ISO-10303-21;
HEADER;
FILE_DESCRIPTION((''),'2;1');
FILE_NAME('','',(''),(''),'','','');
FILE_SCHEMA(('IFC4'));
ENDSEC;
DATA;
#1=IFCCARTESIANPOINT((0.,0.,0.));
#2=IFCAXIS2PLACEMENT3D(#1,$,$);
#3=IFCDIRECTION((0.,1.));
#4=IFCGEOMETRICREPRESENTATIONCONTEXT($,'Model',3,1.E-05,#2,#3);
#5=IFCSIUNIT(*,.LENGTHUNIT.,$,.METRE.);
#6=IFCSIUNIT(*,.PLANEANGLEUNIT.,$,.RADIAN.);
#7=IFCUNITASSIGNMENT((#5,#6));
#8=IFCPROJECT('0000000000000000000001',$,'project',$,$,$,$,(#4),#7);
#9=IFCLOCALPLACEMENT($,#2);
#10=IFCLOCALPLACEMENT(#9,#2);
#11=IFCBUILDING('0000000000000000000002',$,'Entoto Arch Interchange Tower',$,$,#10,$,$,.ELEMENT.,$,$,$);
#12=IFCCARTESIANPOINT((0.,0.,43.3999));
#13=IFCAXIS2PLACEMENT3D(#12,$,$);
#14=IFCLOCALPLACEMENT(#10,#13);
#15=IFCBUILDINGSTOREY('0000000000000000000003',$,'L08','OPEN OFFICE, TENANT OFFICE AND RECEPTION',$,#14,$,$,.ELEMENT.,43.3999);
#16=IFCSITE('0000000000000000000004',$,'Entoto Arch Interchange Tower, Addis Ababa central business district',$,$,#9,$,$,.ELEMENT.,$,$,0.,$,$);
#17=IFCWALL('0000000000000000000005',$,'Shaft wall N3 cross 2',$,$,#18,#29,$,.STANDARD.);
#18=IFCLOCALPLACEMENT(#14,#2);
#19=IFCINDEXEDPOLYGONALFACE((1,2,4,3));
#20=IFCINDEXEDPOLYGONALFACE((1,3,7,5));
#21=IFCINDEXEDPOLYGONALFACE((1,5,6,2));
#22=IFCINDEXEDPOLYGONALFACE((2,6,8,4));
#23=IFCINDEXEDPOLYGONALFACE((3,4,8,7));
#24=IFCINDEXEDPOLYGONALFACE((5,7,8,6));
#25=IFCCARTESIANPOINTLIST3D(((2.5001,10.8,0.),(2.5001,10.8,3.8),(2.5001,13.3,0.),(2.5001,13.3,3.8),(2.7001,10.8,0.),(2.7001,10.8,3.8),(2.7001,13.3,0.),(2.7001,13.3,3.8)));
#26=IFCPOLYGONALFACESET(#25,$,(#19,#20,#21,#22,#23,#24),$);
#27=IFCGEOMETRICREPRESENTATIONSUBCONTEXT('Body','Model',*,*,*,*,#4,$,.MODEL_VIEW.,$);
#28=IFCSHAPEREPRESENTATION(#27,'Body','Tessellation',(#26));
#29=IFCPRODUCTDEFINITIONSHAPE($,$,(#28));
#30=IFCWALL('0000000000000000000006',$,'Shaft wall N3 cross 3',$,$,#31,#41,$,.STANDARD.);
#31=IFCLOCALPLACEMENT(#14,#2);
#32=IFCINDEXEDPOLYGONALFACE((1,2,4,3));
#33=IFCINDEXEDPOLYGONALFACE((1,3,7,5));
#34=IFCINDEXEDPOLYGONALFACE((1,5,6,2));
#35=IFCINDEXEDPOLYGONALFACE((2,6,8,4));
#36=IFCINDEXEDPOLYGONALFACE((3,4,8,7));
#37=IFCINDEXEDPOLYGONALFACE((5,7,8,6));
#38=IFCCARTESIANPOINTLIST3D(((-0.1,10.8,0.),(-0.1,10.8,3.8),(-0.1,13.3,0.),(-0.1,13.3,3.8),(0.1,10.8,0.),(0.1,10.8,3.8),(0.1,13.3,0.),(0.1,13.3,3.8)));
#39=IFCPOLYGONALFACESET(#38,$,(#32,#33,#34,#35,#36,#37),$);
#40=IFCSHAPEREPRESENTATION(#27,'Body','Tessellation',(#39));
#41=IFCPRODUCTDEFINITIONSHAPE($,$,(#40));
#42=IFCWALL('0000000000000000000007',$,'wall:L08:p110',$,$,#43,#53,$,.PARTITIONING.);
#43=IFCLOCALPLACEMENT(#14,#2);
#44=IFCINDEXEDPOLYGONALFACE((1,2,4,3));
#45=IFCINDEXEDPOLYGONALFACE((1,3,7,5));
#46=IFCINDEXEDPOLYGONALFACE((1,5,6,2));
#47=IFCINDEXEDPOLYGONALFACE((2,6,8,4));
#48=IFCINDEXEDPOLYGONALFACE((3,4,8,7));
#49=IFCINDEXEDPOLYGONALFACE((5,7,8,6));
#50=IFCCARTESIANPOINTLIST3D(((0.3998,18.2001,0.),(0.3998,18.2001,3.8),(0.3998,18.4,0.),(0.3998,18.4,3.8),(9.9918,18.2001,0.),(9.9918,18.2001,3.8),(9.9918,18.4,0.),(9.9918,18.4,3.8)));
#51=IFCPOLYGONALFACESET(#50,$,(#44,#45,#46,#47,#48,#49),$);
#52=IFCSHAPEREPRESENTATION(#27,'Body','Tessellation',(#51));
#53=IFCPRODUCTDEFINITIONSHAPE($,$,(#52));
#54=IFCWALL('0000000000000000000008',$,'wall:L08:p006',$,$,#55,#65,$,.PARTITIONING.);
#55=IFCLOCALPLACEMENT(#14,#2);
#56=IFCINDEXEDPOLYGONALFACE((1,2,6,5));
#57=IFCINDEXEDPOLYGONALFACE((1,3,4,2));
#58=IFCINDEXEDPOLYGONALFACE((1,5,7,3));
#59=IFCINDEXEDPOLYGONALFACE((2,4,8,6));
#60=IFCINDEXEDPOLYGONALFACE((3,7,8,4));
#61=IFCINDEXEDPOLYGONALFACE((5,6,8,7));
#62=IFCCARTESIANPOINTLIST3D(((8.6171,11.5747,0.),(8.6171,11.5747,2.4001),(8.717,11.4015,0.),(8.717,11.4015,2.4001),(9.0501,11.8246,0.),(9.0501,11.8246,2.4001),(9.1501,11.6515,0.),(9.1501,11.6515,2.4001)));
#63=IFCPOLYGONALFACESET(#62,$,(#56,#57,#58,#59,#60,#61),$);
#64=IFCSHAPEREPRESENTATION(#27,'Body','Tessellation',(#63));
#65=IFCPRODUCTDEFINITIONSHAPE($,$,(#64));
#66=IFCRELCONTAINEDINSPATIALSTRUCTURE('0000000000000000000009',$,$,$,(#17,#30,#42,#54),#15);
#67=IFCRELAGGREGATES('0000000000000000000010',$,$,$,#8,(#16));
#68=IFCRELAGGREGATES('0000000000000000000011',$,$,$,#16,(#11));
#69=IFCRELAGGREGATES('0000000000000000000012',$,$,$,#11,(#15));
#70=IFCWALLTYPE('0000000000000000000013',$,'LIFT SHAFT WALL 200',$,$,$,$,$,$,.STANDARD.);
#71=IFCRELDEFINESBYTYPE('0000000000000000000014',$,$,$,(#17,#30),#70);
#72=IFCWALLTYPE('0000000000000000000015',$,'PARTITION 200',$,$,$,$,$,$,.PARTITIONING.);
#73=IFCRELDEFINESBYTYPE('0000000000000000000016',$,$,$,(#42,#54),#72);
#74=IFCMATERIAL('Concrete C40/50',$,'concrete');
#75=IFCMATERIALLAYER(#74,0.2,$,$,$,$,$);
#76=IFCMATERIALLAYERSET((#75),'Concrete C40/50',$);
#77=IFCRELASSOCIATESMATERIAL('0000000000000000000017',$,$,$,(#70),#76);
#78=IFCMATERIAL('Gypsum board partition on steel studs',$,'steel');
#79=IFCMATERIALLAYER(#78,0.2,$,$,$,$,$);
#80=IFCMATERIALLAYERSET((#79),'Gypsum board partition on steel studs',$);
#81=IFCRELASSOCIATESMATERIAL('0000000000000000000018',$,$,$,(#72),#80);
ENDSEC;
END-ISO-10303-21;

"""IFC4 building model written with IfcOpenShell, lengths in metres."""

from ifc_helpers import new_model, si_unit, direction, frame, frame_2d, origin, place, context, subcontext, project, spatial, rectangle, extrude, material, layer, layer_set, type_object, element, save


model = new_model("IFC4")

# Units and contexts
model_context = context("Model", 3, precision=1e-05, world=origin(), true_north=direction((0.0, 1.0)))
body_context = subcontext(model_context, "Body", "Model", "MODEL_VIEW")
ifc_project = project(units=[si_unit("LENGTHUNIT", "METRE"), si_unit("PLANEANGLEUNIT", "RADIAN")], contexts=[model_context])

# Site, building, storey
site_placement = place(None, origin())
site = spatial("IfcSite", under=ifc_project, at=site_placement, Name="Entoto Arch Interchange Tower, Addis Ababa central business district", CompositionType="ELEMENT", RefElevation=0.0)
building_placement = place(site_placement, origin())
building = spatial("IfcBuilding", under=site, at=building_placement, Name="Entoto Arch Interchange Tower", CompositionType="ELEMENT")
storey_placement = place(building_placement, frame((0.0, 0.0, 43.3999)))
storey = spatial("IfcBuildingStorey", under=building, at=storey_placement, Name="L08", Description="OPEN OFFICE, TENANT OFFICE AND RECEPTION", CompositionType="ELEMENT", Elevation=43.3999)

# Shared definitions
ifc_material_1 = material(Name="Concrete C40/50", Category="concrete")

# Walls
ifc_layer_1 = layer(ifc_material_1, 0.2)
ifc_layer_set_1 = layer_set([ifc_layer_1], Name="Concrete C40/50")
wall_type_1 = type_object("IfcWallType", Name="LIFT SHAFT WALL 200", PredefinedType="STANDARD", material=ifc_layer_set_1)
for number, where, z_axis, x_axis, name in (
    (1, (2.6001, 10.8, 0.0), (0.0, 0.0, 1.0), (0.0, 1.0, 0.0), "Shaft wall N3 cross 2"),
    (2, (0.0, 10.8, 0.0), (0.0, 0.0, 1.0), (0.0, 1.0, 0.0), "Shaft wall N3 cross 3"),
):
    element("IfcWall", number, at=place(storey_placement, frame(where, z_axis=z_axis, x_axis=x_axis)), inside=storey, type_object=wall_type_1, Name=name, PredefinedType="STANDARD", context=body_context, shape_type="SweptSolid", body=[
        extrude(rectangle(XDim=2.5, YDim=0.2, at=frame_2d((1.25, 0.0))), origin(), (0.0, 0.0, 1.0), 3.8),
    ])
ifc_material_2 = material(Name="Gypsum board partition on steel studs", Category="steel")
ifc_layer_2 = layer(ifc_material_2, 0.2)
ifc_layer_set_2 = layer_set([ifc_layer_2], Name="Gypsum board partition on steel studs")
wall_type_2 = type_object("IfcWallType", Name="PARTITION 200", PredefinedType="PARTITIONING", material=ifc_layer_set_2)
wall_1_placement = place(storey_placement, frame((0.3999, 18.3, 0.0), z_axis=(0.0, 0.0, 1.0), x_axis=(1.0, 0.0, 0.0)))
element("IfcWall", 3, at=wall_1_placement, inside=storey, type_object=wall_type_2, Name="wall:L08:p110", PredefinedType="PARTITIONING", context=body_context, shape_type="SweptSolid", body=[
    extrude(rectangle(XDim=9.592, YDim=0.2, at=frame_2d((4.7959, 0.0))), origin(), (0.0, 0.0, 1.0), 3.8),
])
wall_2_placement = place(storey_placement, frame((9.1001, 11.738, 0.0), z_axis=(0.0, 0.0, 1.0), x_axis=(-0.866072, -0.49992, 0.0)))
element("IfcWall", 4, at=wall_2_placement, inside=storey, type_object=wall_type_2, Name="wall:L08:p006", PredefinedType="PARTITIONING", context=body_context, shape_type="SweptSolid", body=[
    extrude(rectangle(XDim=0.5, YDim=0.2, at=frame_2d((0.25, 0.0))), origin(), (0.0, 0.0, 1.0), 2.4001),
])

save(model, "model.ifc")
